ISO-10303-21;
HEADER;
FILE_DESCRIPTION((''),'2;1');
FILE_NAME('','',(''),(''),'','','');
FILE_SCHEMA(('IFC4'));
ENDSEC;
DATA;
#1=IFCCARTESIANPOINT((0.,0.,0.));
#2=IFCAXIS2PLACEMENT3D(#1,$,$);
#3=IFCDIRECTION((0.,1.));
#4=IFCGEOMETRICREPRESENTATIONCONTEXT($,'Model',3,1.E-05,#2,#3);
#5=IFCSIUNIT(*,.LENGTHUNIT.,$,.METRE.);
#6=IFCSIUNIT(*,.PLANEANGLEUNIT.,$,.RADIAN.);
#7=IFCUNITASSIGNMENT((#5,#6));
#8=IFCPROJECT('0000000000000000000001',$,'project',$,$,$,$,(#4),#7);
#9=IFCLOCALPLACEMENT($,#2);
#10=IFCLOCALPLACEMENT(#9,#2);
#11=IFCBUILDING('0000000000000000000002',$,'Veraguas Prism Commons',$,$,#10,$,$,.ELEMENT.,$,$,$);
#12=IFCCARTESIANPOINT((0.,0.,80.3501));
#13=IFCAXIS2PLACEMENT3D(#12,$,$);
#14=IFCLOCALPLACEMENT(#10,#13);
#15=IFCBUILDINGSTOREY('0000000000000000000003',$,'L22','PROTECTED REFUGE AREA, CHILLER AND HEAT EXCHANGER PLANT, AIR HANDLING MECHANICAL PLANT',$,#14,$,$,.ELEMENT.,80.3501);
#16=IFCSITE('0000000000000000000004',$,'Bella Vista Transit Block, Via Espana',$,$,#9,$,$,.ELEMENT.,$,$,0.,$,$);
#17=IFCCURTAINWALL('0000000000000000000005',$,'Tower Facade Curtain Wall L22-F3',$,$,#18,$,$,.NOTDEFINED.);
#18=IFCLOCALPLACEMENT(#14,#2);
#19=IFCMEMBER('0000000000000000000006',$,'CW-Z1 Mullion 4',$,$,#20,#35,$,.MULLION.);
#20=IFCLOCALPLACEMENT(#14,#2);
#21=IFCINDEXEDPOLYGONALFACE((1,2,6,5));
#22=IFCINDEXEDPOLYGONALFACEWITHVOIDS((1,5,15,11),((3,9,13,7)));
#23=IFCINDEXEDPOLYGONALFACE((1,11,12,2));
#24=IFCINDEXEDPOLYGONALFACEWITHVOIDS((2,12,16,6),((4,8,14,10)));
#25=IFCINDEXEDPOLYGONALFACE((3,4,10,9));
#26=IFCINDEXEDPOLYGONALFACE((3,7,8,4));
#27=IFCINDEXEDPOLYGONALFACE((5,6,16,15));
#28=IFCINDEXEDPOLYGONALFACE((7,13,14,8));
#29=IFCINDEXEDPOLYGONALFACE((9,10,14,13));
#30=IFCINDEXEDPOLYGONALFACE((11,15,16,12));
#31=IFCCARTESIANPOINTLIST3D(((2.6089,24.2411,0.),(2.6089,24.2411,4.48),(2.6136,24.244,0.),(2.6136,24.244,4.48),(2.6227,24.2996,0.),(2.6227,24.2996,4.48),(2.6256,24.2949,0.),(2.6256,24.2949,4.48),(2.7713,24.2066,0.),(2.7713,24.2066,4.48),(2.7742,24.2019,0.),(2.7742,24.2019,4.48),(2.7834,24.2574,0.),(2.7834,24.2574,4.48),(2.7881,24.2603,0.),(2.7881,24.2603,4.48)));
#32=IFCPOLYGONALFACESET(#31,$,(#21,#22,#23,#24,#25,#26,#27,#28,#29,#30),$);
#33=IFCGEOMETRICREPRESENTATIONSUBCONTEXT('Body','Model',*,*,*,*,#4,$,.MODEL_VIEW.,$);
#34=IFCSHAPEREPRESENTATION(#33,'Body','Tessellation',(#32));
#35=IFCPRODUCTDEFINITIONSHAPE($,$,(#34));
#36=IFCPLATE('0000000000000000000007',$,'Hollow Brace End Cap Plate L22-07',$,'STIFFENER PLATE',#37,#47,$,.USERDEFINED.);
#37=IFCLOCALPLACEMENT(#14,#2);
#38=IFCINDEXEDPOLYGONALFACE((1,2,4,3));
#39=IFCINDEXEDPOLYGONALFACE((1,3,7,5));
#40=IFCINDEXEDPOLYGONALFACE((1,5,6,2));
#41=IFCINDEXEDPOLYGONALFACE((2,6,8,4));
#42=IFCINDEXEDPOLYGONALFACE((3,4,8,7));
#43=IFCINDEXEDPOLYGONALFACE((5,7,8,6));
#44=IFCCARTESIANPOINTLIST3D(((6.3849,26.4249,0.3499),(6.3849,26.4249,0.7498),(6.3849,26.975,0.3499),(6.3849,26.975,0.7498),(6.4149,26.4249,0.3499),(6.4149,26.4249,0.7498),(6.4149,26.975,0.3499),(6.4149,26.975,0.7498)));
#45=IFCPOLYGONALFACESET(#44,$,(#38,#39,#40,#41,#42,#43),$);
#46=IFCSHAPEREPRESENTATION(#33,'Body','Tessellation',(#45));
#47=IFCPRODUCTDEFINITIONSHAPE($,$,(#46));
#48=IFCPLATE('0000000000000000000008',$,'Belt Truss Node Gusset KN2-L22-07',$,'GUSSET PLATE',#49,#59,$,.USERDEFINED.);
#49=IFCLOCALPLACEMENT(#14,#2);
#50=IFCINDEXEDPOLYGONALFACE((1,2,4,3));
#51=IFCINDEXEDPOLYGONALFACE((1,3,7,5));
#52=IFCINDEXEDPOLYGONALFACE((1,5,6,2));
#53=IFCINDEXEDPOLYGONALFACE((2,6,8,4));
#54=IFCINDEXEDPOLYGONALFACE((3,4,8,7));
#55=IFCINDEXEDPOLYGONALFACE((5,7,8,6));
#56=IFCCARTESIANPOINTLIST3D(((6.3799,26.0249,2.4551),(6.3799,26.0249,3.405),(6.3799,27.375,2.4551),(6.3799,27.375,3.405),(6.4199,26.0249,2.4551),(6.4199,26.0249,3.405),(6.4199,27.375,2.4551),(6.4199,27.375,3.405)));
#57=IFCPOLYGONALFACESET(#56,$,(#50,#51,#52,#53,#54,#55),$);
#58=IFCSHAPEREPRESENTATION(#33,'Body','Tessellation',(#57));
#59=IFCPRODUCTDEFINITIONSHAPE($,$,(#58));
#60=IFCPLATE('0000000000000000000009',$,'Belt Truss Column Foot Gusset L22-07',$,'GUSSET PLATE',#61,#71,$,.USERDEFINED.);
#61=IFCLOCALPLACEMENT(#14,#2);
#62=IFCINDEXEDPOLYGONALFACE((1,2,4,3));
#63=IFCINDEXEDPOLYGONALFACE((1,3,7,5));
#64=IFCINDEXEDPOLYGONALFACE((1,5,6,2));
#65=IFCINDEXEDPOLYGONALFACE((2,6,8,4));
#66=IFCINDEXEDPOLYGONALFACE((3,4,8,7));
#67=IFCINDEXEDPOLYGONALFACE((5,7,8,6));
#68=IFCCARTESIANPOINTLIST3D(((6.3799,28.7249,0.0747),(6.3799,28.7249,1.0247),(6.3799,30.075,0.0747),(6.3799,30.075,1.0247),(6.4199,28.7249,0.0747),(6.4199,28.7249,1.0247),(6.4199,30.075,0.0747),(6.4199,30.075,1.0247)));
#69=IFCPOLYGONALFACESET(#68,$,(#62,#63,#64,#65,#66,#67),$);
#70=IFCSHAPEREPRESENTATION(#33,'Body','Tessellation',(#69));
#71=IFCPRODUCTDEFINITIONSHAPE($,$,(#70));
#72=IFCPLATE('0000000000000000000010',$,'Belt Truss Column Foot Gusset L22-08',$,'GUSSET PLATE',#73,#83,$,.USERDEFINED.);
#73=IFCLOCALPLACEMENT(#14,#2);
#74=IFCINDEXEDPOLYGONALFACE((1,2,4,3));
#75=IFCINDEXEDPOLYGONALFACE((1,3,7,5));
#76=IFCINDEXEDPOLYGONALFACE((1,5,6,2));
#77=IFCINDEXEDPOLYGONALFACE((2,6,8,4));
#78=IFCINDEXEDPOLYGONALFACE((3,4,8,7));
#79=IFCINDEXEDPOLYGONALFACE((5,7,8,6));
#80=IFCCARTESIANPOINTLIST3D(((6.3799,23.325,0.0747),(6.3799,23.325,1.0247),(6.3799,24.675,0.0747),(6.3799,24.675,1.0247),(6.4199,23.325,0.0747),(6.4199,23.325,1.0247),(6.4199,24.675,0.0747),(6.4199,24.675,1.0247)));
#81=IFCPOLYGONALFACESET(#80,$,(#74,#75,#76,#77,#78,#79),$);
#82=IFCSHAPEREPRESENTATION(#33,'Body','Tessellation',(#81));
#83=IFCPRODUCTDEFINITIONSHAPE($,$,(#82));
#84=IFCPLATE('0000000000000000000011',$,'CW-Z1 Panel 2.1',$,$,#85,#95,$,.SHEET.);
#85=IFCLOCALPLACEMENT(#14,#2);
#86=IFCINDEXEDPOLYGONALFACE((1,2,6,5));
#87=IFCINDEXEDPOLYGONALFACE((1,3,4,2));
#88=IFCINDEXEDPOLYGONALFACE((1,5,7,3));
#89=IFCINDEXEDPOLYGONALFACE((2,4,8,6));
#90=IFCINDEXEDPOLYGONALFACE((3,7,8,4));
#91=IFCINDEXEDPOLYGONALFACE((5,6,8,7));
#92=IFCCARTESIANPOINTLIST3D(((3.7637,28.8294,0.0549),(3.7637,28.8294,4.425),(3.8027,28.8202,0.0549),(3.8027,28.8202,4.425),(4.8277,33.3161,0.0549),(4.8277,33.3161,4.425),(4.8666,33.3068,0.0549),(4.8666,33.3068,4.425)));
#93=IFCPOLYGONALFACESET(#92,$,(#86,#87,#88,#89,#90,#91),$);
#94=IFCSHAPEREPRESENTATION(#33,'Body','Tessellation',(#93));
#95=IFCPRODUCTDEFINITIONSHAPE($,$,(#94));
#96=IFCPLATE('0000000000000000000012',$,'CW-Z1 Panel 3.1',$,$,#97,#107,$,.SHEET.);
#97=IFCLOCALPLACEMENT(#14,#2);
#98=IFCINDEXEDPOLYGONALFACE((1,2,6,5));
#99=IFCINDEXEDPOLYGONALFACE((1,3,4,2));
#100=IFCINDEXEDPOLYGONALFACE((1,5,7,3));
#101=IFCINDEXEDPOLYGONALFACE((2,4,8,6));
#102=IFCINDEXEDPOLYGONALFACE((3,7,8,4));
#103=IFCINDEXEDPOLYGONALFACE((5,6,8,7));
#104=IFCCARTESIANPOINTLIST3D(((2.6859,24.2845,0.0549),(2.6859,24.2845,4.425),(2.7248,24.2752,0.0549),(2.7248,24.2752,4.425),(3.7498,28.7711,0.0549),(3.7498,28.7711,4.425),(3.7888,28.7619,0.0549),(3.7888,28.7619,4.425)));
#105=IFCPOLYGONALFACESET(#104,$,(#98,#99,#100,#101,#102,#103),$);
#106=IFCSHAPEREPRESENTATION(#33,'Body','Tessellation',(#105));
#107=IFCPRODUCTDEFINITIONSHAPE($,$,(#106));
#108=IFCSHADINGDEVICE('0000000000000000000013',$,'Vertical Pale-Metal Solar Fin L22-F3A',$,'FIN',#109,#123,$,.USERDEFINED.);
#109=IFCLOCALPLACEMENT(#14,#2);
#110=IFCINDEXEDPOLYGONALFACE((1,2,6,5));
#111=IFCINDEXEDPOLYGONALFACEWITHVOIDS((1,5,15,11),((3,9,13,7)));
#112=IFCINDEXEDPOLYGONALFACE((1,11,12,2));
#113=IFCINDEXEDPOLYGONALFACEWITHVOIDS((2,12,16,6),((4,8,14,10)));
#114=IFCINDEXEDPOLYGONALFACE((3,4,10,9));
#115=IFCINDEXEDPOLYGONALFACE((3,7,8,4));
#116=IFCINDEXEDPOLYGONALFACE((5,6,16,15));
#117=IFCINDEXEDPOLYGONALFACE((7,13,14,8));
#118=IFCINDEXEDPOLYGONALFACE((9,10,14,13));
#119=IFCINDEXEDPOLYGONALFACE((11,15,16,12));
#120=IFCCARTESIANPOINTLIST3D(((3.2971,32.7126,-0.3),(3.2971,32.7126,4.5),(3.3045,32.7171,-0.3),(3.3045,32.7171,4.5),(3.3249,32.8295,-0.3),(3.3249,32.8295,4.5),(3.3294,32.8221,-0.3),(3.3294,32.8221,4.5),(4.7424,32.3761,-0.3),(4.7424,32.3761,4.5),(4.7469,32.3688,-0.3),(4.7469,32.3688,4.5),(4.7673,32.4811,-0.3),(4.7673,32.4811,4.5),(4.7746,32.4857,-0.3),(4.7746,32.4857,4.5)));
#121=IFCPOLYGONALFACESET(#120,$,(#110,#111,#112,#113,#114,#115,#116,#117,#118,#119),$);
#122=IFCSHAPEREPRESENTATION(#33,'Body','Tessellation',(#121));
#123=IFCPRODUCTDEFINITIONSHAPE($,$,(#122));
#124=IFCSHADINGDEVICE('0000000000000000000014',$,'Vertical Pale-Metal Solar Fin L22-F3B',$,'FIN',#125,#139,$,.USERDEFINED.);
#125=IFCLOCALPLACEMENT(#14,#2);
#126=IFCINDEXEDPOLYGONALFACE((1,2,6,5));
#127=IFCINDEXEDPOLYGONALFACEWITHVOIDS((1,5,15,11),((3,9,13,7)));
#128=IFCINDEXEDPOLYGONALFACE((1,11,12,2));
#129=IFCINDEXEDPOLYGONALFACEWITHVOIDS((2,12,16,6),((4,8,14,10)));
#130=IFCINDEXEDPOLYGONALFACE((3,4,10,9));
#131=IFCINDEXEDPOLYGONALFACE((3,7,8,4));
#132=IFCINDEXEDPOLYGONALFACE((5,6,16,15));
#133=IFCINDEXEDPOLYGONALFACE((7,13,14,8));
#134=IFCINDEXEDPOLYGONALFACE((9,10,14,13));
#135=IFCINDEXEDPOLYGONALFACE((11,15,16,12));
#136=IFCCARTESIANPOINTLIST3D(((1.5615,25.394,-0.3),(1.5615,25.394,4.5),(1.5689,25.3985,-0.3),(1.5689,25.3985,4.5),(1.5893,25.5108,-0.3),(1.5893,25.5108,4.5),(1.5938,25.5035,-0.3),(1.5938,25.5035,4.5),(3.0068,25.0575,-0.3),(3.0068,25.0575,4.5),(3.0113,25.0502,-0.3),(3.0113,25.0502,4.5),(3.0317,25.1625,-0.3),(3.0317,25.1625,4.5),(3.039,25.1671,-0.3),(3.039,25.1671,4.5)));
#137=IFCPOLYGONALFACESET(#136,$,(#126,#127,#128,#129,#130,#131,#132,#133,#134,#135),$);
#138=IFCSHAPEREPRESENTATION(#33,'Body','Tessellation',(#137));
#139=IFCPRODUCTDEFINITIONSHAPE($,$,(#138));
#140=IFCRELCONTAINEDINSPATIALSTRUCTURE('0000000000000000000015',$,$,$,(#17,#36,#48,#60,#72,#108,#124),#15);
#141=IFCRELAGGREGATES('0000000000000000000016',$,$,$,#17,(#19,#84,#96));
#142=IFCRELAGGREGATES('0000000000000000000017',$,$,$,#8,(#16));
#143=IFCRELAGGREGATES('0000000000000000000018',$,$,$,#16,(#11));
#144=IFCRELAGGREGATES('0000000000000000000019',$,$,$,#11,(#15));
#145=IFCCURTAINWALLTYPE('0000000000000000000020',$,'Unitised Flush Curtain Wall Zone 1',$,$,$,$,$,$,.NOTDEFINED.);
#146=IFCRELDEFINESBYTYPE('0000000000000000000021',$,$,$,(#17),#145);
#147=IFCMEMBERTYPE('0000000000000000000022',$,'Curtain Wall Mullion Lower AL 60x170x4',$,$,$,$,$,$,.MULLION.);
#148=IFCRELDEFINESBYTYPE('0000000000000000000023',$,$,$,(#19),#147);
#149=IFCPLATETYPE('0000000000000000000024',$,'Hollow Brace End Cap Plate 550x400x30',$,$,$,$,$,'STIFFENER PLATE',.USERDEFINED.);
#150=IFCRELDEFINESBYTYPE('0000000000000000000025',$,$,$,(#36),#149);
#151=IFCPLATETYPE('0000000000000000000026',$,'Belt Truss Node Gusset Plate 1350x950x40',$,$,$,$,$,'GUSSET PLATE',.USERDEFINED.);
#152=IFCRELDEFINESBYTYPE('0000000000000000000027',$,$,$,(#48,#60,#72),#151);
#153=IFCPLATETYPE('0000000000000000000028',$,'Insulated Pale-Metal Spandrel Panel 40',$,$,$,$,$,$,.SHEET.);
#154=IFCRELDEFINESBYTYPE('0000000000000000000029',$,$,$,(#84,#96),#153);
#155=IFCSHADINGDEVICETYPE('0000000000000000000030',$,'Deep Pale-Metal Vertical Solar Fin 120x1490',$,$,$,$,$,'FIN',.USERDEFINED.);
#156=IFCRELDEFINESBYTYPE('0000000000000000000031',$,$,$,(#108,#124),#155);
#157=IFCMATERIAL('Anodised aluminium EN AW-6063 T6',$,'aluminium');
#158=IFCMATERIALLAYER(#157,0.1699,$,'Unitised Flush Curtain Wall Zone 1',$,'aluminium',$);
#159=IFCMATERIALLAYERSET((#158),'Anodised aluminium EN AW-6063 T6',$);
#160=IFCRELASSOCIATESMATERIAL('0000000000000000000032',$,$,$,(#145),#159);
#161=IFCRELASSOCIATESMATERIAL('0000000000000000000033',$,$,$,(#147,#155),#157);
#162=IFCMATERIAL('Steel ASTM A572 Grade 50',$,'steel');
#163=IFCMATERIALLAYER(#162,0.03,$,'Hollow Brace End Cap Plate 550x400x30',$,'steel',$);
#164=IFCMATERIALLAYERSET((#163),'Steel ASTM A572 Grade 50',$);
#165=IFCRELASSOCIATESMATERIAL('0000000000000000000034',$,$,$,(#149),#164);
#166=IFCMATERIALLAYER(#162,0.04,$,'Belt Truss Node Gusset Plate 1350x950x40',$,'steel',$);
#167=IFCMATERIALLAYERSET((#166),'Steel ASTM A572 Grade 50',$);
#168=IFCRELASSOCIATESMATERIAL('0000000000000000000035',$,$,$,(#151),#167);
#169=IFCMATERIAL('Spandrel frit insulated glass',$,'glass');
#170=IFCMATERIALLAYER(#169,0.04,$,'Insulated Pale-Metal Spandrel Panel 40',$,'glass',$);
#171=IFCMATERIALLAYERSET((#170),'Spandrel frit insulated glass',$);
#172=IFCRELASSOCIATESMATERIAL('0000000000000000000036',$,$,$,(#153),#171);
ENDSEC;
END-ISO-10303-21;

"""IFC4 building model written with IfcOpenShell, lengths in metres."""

from ifc_helpers import new_model, si_unit, direction, frame, origin, origin_2d, place, context, subcontext, project, spatial, rectangle, hollow_rectangle, extrude, source, transform, mapped, material, layer, layer_set, material_profile, profile_set, type_object, element, aggregate, save


model = new_model("IFC4")

# Units and contexts
model_context = context("Model", 3, precision=1e-05, world=origin(), true_north=direction((0.0, 1.0)))
body_context = subcontext(model_context, "Body", "Model", "MODEL_VIEW")
ifc_project = project(units=[si_unit("LENGTHUNIT", "METRE"), si_unit("PLANEANGLEUNIT", "RADIAN")], contexts=[model_context])

# Site, building, storey
site_placement = place(None, origin())
site = spatial("IfcSite", under=ifc_project, at=site_placement, Name="Bella Vista Transit Block, Via Espana", CompositionType="ELEMENT", RefElevation=0.0)
building_placement = place(site_placement, origin())
building = spatial("IfcBuilding", under=site, at=building_placement, Name="Veraguas Prism Commons", CompositionType="ELEMENT")
storey_placement = place(building_placement, frame((0.0, 0.0, 80.3501)))
storey = spatial("IfcBuildingStorey", under=building, at=storey_placement, Name="L22", Description="PROTECTED REFUGE AREA, CHILLER AND HEAT EXCHANGER PLANT, AIR HANDLING MECHANICAL PLANT", CompositionType="ELEMENT", Elevation=80.3501)

# Shared definitions
ifc_material_1 = material(Name="Steel ASTM A572 Grade 50", Category="steel")

# Curtain wall, member
ifc_material_2 = material(Name="Anodised aluminium EN AW-6063 T6", Category="aluminium")
ifc_layer_1 = layer(ifc_material_2, 0.1699, Name="Unitised Flush Curtain Wall Zone 1", Category="aluminium")
ifc_layer_set_1 = layer_set([ifc_layer_1], Name="Anodised aluminium EN AW-6063 T6")
curtain_wall_type = type_object("IfcCurtainWallType", Name="Unitised Flush Curtain Wall Zone 1", PredefinedType="NOTDEFINED", material=ifc_layer_set_1)
curtain_wall_placement = place(storey_placement, origin())
curtain_wall = element("IfcCurtainWall", 1, at=curtain_wall_placement, inside=storey, type_object=curtain_wall_type, Name="Tower Facade Curtain Wall L22-F3", PredefinedType="NOTDEFINED")
ifc_material_profile_1 = material_profile(ifc_material_2, hollow_rectangle(XDim=0.0601, YDim=0.1699, WallThickness=0.0039, at=origin_2d()), Name="AL60X170X4")
ifc_profile_set_1 = profile_set([ifc_material_profile_1], Name="Anodised aluminium EN AW-6063 T6")
member_type_1 = type_object("IfcMemberType", Name="Curtain Wall Mullion Lower AL 60x170x4", PredefinedType="MULLION", material=ifc_profile_set_1)
shared_shape_1 = source(origin(), body_context, "Body", "SweptSolid", [
    extrude(hollow_rectangle(XDim=0.0601, YDim=0.1699, WallThickness=0.0039, at=origin_2d()), origin(), (0.0, 0.0, 1.0), 4.48),
])
member_1_placement = place(storey_placement, frame((2.6985, 24.2507, 0.0), z_axis=(0.0, 0.0, 1.0), x_axis=(-0.230734, -0.973017, 0.0)))
member_1 = element("IfcMember", 2, at=member_1_placement, type_object=member_type_1, Name="CW-Z1 Mullion 4", PredefinedType="MULLION", context=body_context, shape_type="MappedRepresentation", body=[
    mapped(shared_shape_1, transform((0.0, 0.0, 0.0), scale=1.0)),
])

# Plates
ifc_layer_2 = layer(ifc_material_1, 0.03, Name="Hollow Brace End Cap Plate 550x400x30", Category="steel")
ifc_layer_set_2 = layer_set([ifc_layer_2], Name="Steel ASTM A572 Grade 50")
plate_type_1 = type_object("IfcPlateType", Name="Hollow Brace End Cap Plate 550x400x30", ElementType="STIFFENER PLATE", PredefinedType="USERDEFINED", material=ifc_layer_set_2)
shared_shape_2 = source(origin(), body_context, "Body", "SweptSolid", [
    extrude(rectangle(XDim=0.55, YDim=0.03, at=origin_2d()), origin(), (0.0, 0.0, 1.0), 0.3999),
])
plate_1_placement = place(storey_placement, frame((6.3999, 26.7, 0.3499), z_axis=(0.0, 0.0, 1.0), x_axis=(0.0, -1.0, 0.0)))
element("IfcPlate", 3, at=plate_1_placement, inside=storey, type_object=plate_type_1, Name="Hollow Brace End Cap Plate L22-07", ObjectType="STIFFENER PLATE", PredefinedType="USERDEFINED", context=body_context, shape_type="MappedRepresentation", body=[
    mapped(shared_shape_2, transform((0.0, 0.0, 0.0), scale=1.0)),
])
ifc_layer_3 = layer(ifc_material_1, 0.04, Name="Belt Truss Node Gusset Plate 1350x950x40", Category="steel")
ifc_layer_set_3 = layer_set([ifc_layer_3], Name="Steel ASTM A572 Grade 50")
plate_type_2 = type_object("IfcPlateType", Name="Belt Truss Node Gusset Plate 1350x950x40", ElementType="GUSSET PLATE", PredefinedType="USERDEFINED", material=ifc_layer_set_3)
shared_shape_3 = source(origin(), body_context, "Body", "SweptSolid", [
    extrude(rectangle(XDim=1.3501, YDim=0.04, at=origin_2d()), origin(), (0.0, 0.0, 1.0), 0.95),
])
for number, where, z_axis, x_axis, name in (
    (4, (6.3999, 26.7, 2.4551), (0.0, 0.0, 1.0), (0.0, -1.0, 0.0), "Belt Truss Node Gusset KN2-L22-07"),
    (5, (6.3999, 29.3999, 0.0747), (0.0, 0.0, 1.0), (0.0, -1.0, 0.0), "Belt Truss Column Foot Gusset L22-07"),
    (6, (6.3999, 24.0, 0.0747), (0.0, 0.0, 1.0), (0.0, -1.0, 0.0), "Belt Truss Column Foot Gusset L22-08"),
):
    element("IfcPlate", number, at=place(storey_placement, frame(where, z_axis=z_axis, x_axis=x_axis)), inside=storey, type_object=plate_type_2, Name=name, ObjectType="GUSSET PLATE", PredefinedType="USERDEFINED", context=body_context, shape_type="MappedRepresentation", body=[
        mapped(shared_shape_3, transform((0.0, 0.0, 0.0), scale=1.0)),
    ])

# Plates
ifc_material_3 = material(Name="Spandrel frit insulated glass", Category="glass")
ifc_layer_4 = layer(ifc_material_3, 0.04, Name="Insulated Pale-Metal Spandrel Panel 40", Category="glass")
ifc_layer_set_4 = layer_set([ifc_layer_4], Name="Spandrel frit insulated glass")
plate_type_3 = type_object("IfcPlateType", Name="Insulated Pale-Metal Spandrel Panel 40", PredefinedType="SHEET", material=ifc_layer_set_4)
shared_shape_4 = source(origin(), body_context, "Body", "SweptSolid", [
    extrude(rectangle(XDim=4.6111, YDim=0.04, at=origin_2d()), origin(), (0.0, 0.0, 1.0), 4.3701),
])
plate_2_placement = place(storey_placement, frame((4.3152, 31.0681, 0.0549), z_axis=(0.0, 0.0, 1.0), x_axis=(-0.230734, -0.973017, 0.0)))
plate_2 = element("IfcPlate", 7, at=plate_2_placement, type_object=plate_type_3, Name="CW-Z1 Panel 2.1", PredefinedType="SHEET", context=body_context, shape_type="MappedRepresentation", body=[
    mapped(shared_shape_4, transform((0.0, 0.0, 0.0), scale=1.0)),
])
plate_3_placement = place(storey_placement, frame((3.2373, 26.5232, 0.0549), z_axis=(0.0, 0.0, 1.0), x_axis=(-0.230734, -0.973017, 0.0)))
plate_3 = element("IfcPlate", 8, at=plate_3_placement, type_object=plate_type_3, Name="CW-Z1 Panel 3.1", PredefinedType="SHEET", context=body_context, shape_type="MappedRepresentation", body=[
    mapped(shared_shape_4, transform((0.0, 0.0, 0.0), scale=1.0)),
])
aggregate(curtain_wall, [member_1, plate_2, plate_3])

# Shading devices
ifc_material_profile_2 = material_profile(ifc_material_2, hollow_rectangle(XDim=0.1201, YDim=1.49, WallThickness=0.0061, at=origin_2d()), Name="FIN120X1490X6")
ifc_profile_set_2 = profile_set([ifc_material_profile_2], Name="Anodised aluminium EN AW-6063 T6")
shading_device_type = type_object("IfcShadingDeviceType", Name="Deep Pale-Metal Vertical Solar Fin 120x1490", ElementType="FIN", PredefinedType="USERDEFINED", material=ifc_profile_set_2)
for number, where, z_axis, x_axis, name in (
    (9, (4.0359, 32.5991, -0.3), (0.0, 0.0, 1.0), (-0.230729, -0.973018, 0.0), "Vertical Pale-Metal Solar Fin L22-F3A"),
    (10, (2.3003, 25.2805, -0.3), (0.0, 0.0, 1.0), (-0.230729, -0.973018, 0.0), "Vertical Pale-Metal Solar Fin L22-F3B"),
):
    element("IfcShadingDevice", number, at=place(storey_placement, frame(where, z_axis=z_axis, x_axis=x_axis)), inside=storey, type_object=shading_device_type, Name=name, ObjectType="FIN", PredefinedType="USERDEFINED", context=body_context, shape_type="SweptSolid", body=[
        extrude(hollow_rectangle(XDim=0.1201, YDim=1.49, WallThickness=0.0061, at=origin_2d()), origin(), (0.0, 0.0, 1.0), 4.8),
    ])

save(model, "model.ifc")
